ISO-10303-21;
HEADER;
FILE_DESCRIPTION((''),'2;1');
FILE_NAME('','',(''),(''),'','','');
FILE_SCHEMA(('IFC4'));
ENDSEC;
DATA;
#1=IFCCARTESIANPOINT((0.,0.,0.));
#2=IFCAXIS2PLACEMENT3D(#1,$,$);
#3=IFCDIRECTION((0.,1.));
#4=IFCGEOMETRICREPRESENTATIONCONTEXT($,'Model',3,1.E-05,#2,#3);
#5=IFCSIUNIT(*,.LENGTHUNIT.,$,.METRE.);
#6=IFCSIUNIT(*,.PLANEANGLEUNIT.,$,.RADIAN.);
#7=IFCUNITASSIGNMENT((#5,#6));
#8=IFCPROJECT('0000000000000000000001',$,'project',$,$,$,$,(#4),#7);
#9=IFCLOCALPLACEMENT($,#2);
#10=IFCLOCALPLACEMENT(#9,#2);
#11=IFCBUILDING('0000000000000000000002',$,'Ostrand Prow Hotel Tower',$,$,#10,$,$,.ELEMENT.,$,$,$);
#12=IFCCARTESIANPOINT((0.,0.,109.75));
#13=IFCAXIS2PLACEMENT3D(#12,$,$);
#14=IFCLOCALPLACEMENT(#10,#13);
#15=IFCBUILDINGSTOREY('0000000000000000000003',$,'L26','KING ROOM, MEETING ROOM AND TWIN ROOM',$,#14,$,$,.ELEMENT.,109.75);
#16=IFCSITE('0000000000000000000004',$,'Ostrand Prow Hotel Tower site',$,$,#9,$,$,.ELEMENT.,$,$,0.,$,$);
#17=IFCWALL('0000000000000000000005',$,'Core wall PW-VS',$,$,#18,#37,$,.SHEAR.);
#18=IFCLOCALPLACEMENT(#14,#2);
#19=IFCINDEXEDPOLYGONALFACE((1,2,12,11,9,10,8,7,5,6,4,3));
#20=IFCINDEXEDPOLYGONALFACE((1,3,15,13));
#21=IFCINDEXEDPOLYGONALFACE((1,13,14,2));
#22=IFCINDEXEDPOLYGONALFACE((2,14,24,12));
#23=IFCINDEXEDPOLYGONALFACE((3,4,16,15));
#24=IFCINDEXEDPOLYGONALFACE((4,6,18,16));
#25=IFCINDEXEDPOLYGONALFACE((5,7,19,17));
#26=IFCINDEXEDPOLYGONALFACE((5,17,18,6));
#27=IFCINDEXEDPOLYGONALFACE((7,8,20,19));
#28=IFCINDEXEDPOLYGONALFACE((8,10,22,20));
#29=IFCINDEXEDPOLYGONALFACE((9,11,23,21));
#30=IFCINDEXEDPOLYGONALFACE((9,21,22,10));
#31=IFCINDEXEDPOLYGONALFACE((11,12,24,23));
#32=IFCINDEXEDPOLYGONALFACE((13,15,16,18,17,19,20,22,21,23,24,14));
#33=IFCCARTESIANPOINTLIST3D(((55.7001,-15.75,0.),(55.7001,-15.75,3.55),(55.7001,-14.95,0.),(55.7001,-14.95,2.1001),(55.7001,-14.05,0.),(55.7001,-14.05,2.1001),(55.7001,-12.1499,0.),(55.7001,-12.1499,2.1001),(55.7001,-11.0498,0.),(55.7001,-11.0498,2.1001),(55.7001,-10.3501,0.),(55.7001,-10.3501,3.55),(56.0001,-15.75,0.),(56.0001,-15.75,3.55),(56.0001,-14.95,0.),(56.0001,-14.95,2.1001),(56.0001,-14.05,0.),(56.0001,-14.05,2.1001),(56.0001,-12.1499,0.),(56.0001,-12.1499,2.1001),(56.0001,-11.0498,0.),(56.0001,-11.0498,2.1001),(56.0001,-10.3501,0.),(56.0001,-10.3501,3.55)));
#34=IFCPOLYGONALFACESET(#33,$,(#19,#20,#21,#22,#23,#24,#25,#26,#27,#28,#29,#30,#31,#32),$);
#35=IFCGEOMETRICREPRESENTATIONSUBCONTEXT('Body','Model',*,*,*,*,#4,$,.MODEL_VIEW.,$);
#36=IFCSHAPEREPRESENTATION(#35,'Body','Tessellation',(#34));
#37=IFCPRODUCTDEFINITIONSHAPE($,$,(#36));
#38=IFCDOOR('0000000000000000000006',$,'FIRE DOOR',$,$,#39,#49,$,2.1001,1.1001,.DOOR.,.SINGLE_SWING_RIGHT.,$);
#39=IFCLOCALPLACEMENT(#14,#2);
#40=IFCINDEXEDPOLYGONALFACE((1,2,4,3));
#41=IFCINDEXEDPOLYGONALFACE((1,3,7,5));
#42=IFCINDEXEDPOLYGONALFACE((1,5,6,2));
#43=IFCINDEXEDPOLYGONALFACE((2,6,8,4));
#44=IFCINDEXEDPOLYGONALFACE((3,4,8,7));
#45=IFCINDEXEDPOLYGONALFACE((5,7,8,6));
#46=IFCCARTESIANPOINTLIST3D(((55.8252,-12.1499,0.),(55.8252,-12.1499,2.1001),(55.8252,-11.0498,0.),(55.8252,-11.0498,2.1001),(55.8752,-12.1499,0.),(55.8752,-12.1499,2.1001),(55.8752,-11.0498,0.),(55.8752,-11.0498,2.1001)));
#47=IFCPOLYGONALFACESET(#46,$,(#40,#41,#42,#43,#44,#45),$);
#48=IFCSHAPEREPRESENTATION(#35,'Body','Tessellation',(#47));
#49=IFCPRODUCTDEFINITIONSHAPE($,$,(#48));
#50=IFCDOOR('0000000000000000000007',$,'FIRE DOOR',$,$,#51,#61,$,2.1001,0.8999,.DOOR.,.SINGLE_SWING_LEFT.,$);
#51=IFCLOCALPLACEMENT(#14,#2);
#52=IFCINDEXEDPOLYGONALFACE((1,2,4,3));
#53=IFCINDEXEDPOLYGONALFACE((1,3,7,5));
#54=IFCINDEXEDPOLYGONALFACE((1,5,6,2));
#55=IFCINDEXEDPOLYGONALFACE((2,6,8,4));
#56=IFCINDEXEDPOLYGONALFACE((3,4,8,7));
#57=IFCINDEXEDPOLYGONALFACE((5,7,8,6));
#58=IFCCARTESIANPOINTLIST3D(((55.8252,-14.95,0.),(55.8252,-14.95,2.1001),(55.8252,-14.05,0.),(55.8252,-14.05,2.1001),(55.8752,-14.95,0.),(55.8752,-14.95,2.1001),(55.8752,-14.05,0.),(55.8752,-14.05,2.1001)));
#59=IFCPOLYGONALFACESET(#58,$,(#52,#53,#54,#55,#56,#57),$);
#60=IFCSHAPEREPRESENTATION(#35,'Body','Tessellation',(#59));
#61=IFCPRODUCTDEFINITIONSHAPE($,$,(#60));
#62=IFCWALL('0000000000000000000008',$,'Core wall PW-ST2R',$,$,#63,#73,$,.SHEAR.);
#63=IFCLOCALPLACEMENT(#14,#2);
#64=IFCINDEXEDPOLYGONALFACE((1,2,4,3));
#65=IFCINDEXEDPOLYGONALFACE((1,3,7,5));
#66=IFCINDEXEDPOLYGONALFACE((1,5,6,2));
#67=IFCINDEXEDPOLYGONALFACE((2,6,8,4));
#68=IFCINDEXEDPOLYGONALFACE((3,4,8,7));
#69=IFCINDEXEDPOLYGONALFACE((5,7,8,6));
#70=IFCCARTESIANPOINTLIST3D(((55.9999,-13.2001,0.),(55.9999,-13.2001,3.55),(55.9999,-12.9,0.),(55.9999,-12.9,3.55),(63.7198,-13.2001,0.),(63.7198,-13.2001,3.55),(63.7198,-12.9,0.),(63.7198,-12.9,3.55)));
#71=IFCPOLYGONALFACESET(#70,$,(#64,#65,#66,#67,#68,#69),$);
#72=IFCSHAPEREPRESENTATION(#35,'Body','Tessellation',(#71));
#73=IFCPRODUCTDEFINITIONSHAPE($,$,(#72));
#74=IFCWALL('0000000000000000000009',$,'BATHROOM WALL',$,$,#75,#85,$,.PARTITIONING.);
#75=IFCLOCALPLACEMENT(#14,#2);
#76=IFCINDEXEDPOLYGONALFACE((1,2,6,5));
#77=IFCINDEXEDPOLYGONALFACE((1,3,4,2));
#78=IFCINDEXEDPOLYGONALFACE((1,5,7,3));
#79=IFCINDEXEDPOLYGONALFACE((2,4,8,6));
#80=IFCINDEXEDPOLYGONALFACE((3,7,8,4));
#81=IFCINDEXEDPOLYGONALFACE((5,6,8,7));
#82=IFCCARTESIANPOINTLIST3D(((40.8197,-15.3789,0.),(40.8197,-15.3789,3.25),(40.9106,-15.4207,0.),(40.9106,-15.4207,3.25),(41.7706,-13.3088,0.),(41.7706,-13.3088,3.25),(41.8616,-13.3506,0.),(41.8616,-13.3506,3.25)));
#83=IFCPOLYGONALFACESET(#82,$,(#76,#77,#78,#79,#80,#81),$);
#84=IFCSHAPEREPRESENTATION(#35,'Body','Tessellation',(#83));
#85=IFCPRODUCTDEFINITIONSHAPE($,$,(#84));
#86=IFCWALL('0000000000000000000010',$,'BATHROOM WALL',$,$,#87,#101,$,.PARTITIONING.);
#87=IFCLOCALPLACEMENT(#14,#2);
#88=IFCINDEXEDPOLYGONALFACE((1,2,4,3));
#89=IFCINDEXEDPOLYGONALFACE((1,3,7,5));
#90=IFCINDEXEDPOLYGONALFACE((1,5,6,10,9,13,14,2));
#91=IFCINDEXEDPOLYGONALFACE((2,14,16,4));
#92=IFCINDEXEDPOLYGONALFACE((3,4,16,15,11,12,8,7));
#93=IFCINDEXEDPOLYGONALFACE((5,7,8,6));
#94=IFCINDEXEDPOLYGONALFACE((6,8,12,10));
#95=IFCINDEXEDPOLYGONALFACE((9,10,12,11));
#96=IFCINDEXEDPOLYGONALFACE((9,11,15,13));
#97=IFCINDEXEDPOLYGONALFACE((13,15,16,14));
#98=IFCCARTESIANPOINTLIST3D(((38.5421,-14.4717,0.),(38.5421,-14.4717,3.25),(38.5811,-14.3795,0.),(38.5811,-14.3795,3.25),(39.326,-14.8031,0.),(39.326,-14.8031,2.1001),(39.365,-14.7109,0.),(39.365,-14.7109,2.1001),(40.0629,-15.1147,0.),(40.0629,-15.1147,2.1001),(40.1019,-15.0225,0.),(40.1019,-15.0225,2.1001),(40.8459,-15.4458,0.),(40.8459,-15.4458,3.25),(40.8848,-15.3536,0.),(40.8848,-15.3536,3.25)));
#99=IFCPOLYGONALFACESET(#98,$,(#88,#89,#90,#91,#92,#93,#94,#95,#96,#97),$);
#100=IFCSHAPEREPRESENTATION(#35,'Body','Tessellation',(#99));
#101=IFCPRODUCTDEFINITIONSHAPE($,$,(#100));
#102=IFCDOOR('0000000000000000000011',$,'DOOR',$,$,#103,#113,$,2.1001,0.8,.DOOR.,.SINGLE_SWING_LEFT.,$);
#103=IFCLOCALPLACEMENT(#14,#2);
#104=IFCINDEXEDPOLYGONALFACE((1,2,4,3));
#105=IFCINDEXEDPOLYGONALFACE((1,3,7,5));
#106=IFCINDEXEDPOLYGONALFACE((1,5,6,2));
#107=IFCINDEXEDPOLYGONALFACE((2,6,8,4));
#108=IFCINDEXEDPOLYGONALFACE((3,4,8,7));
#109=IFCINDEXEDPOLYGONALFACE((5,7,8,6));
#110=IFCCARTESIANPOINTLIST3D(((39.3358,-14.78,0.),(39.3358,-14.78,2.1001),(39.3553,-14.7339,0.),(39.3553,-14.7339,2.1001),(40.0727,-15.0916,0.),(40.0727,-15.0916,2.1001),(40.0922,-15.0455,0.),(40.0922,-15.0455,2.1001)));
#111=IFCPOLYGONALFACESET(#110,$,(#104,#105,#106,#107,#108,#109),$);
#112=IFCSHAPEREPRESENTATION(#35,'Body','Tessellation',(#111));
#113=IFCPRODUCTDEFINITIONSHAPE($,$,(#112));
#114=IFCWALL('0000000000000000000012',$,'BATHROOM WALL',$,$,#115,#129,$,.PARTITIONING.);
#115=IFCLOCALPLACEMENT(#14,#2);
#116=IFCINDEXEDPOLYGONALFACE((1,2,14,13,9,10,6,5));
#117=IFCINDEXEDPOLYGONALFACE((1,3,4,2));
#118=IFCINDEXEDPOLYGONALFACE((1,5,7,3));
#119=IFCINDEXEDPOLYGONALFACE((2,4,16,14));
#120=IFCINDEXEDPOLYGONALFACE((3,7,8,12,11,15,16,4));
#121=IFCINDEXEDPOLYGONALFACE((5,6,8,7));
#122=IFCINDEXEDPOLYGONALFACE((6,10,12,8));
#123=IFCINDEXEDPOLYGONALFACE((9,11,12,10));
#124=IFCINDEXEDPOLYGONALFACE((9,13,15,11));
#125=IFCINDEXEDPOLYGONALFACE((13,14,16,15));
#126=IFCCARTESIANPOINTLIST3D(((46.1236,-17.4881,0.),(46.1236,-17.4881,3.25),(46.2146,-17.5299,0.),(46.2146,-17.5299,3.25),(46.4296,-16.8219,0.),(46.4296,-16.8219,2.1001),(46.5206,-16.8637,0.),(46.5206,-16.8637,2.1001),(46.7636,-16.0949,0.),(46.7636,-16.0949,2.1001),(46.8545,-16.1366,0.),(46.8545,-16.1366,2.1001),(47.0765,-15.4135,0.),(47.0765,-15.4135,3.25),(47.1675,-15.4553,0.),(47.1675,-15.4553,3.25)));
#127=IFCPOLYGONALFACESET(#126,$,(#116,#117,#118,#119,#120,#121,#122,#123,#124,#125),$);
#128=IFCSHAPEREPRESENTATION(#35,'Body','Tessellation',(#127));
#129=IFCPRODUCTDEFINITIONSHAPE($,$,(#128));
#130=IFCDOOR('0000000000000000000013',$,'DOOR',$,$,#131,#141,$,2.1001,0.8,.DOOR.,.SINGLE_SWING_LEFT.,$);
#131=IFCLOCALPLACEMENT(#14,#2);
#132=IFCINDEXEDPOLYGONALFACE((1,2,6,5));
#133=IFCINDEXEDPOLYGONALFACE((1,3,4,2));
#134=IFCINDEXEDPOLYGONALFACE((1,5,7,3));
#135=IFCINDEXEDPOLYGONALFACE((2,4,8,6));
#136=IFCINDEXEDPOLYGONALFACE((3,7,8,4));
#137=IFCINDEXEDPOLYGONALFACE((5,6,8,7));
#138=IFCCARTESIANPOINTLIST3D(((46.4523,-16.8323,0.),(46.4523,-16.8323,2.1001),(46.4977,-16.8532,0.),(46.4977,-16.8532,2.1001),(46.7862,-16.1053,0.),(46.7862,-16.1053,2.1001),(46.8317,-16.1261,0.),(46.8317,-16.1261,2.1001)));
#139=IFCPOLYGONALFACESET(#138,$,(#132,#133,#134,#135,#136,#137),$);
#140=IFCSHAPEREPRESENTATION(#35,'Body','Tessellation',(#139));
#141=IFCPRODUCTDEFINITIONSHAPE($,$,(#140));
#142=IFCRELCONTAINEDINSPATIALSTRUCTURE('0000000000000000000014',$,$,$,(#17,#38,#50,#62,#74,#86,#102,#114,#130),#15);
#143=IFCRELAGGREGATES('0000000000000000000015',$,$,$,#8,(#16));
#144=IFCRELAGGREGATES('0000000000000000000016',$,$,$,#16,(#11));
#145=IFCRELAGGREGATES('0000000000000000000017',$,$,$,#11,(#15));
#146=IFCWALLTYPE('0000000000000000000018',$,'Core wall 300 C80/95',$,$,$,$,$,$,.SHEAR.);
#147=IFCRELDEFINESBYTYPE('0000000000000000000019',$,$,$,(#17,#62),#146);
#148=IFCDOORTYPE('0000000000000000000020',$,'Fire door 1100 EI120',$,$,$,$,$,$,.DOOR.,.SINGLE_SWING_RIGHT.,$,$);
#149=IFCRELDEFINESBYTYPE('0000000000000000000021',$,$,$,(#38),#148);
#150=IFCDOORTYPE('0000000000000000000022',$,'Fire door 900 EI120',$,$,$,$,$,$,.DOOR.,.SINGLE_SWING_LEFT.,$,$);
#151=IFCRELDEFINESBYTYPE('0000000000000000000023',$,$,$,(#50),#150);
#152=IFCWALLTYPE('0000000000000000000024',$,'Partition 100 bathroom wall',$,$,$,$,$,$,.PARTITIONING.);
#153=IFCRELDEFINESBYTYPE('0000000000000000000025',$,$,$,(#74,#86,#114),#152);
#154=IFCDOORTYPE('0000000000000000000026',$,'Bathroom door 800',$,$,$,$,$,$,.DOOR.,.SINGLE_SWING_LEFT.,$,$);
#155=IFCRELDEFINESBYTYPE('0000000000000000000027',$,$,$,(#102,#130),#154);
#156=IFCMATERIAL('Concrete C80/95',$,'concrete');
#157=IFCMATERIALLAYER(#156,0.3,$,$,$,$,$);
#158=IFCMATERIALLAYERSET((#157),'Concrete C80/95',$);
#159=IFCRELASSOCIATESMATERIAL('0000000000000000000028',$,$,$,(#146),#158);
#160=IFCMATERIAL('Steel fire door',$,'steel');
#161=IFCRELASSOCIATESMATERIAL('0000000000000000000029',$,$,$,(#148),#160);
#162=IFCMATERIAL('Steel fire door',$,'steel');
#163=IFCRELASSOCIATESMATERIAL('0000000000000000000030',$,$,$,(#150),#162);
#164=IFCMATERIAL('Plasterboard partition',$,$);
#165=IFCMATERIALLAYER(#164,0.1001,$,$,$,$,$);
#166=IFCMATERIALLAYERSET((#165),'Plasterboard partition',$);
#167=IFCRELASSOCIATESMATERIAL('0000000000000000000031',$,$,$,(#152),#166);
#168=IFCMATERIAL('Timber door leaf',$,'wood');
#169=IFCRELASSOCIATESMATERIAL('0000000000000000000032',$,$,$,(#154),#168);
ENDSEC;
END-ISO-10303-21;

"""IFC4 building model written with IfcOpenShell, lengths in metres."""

from ifc_helpers import new_model, si_unit, direction, frame, frame_2d, origin, place, context, subcontext, project, spatial, rectangle, extrude, material, layer, layer_set, type_object, element, fill, save


model = new_model("IFC4")

# Units and contexts
model_context = context("Model", 3, precision=1e-05, world=origin(), true_north=direction((0.0, 1.0)))
body_context = subcontext(model_context, "Body", "Model", "MODEL_VIEW")
ifc_project = project(units=[si_unit("LENGTHUNIT", "METRE"), si_unit("PLANEANGLEUNIT", "RADIAN")], contexts=[model_context])

# Site, building, storey
site_placement = place(None, origin())
site = spatial("IfcSite", under=ifc_project, at=site_placement, Name="Ostrand Prow Hotel Tower site", CompositionType="ELEMENT", RefElevation=0.0)
building_placement = place(site_placement, origin())
building = spatial("IfcBuilding", under=site, at=building_placement, Name="Ostrand Prow Hotel Tower", CompositionType="ELEMENT")
storey_placement = place(building_placement, frame((0.0, 0.0, 109.75)))
storey = spatial("IfcBuildingStorey", under=building, at=storey_placement, Name="L26", Description="KING ROOM, MEETING ROOM AND TWIN ROOM", CompositionType="ELEMENT", Elevation=109.75)

# Wall, openings, doors
ifc_material_1 = material(Name="Concrete C80/95", Category="concrete")
ifc_layer_1 = layer(ifc_material_1, 0.3)
ifc_layer_set_1 = layer_set([ifc_layer_1], Name="Concrete C80/95")
wall_type_1 = type_object("IfcWallType", Name="Core wall 300 C80/95", PredefinedType="SHEAR", material=ifc_layer_set_1)
wall_1_placement = place(storey_placement, frame((55.8501, -15.75, 0.0), z_axis=(0.0, 0.0, 1.0), x_axis=(0.0, 1.0, 0.0)))
wall_1 = element("IfcWall", 1, at=wall_1_placement, inside=storey, type_object=wall_type_1, Name="Core wall PW-VS", PredefinedType="SHEAR", context=body_context, shape_type="SweptSolid", body=[
    extrude(rectangle(XDim=5.3999, YDim=0.3, at=frame_2d((2.7, 0.0))), origin(), (0.0, 0.0, 1.0), 3.55),
])
opening_1_placement = place(wall_1_placement, frame((3.6001, 0.0, 0.0)))
opening_1 = element("IfcOpeningElement", 2, at=opening_1_placement, cuts=wall_1, PredefinedType="OPENING", context=body_context, shape_type="SweptSolid", body=[
    extrude(rectangle(XDim=1.1001, YDim=2.1001, at=frame_2d((0.55, 1.05))), frame((0.0, 0.1599, 0.0), z_axis=(0.0, -1.0, 0.0), x_axis=(1.0, 0.0, 0.0)), (0.0, 0.0, 1.0), 0.3201),
])
opening_2_placement = place(wall_1_placement, frame((0.8, 0.0, 0.0)))
opening_2 = element("IfcOpeningElement", 3, at=opening_2_placement, cuts=wall_1, PredefinedType="OPENING", context=body_context, shape_type="SweptSolid", body=[
    extrude(rectangle(XDim=0.8999, YDim=2.1001, at=frame_2d((0.45, 1.05))), frame((0.0, 0.1599, 0.0), z_axis=(0.0, -1.0, 0.0), x_axis=(1.0, 0.0, 0.0)), (0.0, 0.0, 1.0), 0.3201),
])
ifc_material_2 = material(Name="Steel fire door", Category="steel")
door_type_1 = type_object("IfcDoorType", Name="Fire door 1100 EI120", OperationType="SINGLE_SWING_RIGHT", PredefinedType="DOOR", material=ifc_material_2)
door_1_placement = place(opening_1_placement, origin())
door_1 = element("IfcDoor", 4, at=door_1_placement, inside=storey, type_object=door_type_1, Name="FIRE DOOR", OperationType="SINGLE_SWING_RIGHT", OverallHeight=2.1001, OverallWidth=1.1001, PredefinedType="DOOR", context=body_context, shape_type="SweptSolid", body=[
    extrude(rectangle(XDim=1.1001, YDim=2.1001, at=frame_2d((0.55, 1.05))), frame((0.0, 0.0249, 0.0), z_axis=(0.0, -1.0, 0.0), x_axis=(1.0, 0.0, 0.0)), (0.0, 0.0, 1.0), 0.05),
])
fill(opening_1, door_1)
ifc_material_3 = material(Name="Steel fire door", Category="steel")
door_type_2 = type_object("IfcDoorType", Name="Fire door 900 EI120", OperationType="SINGLE_SWING_LEFT", PredefinedType="DOOR", material=ifc_material_3)
door_2_placement = place(opening_2_placement, origin())
door_2 = element("IfcDoor", 5, at=door_2_placement, inside=storey, type_object=door_type_2, Name="FIRE DOOR", OperationType="SINGLE_SWING_LEFT", OverallHeight=2.1001, OverallWidth=0.8999, PredefinedType="DOOR", context=body_context, shape_type="SweptSolid", body=[
    extrude(rectangle(XDim=0.8999, YDim=2.1001, at=frame_2d((0.45, 1.05))), frame((0.0, 0.0249, 0.0), z_axis=(0.0, -1.0, 0.0), x_axis=(1.0, 0.0, 0.0)), (0.0, 0.0, 1.0), 0.05),
])
fill(opening_2, door_2)

# Walls
wall_2_placement = place(storey_placement, frame((56.0, -13.05, 0.0), z_axis=(0.0, 0.0, 1.0), x_axis=(1.0, 0.0, 0.0)))
element("IfcWall", 6, at=wall_2_placement, inside=storey, type_object=wall_type_1, Name="Core wall PW-ST2R", PredefinedType="SHEAR", context=body_context, shape_type="SweptSolid", body=[
    extrude(rectangle(XDim=7.72, YDim=0.3, at=frame_2d((3.8599, 0.0))), origin(), (0.0, 0.0, 1.0), 3.55),
])
ifc_material_4 = material(Name="Plasterboard partition")
ifc_layer_2 = layer(ifc_material_4, 0.1001)
ifc_layer_set_2 = layer_set([ifc_layer_2], Name="Plasterboard partition")
wall_type_2 = type_object("IfcWallType", Name="Partition 100 bathroom wall", PredefinedType="PARTITIONING", material=ifc_layer_set_2)
wall_3_placement = place(storey_placement, frame((41.8162, -13.3296, 0.0), z_axis=(0.0, 0.0, 1.0), x_axis=(-0.417433, -0.908708, 0.0)))
element("IfcWall", 7, at=wall_3_placement, inside=storey, type_object=wall_type_2, Name="BATHROOM WALL", PredefinedType="PARTITIONING", context=body_context, shape_type="SweptSolid", body=[
    extrude(rectangle(XDim=2.2781, YDim=0.1001, at=frame_2d((1.1392, 0.0))), origin(), (0.0, 0.0, 1.0), 3.25),
])

# Walls, openings, doors
wall_4_placement = place(storey_placement, frame((40.8652, -15.3997, 0.0), z_axis=(0.0, 0.0, 1.0), x_axis=(-0.921043, 0.389462, 0.0)))
wall_4 = element("IfcWall", 8, at=wall_4_placement, inside=storey, type_object=wall_type_2, Name="BATHROOM WALL", PredefinedType="PARTITIONING", context=body_context, shape_type="SweptSolid", body=[
    extrude(rectangle(XDim=2.5012, YDim=0.1001, at=frame_2d((1.2505, 0.0))), origin(), (0.0, 0.0, 1.0), 3.25),
])
opening_3_placement = place(wall_4_placement, frame((0.8501, 0.0, 0.0)))
opening_3 = element("IfcOpeningElement", 9, at=opening_3_placement, cuts=wall_4, PredefinedType="OPENING", context=body_context, shape_type="SweptSolid", body=[
    extrude(rectangle(XDim=0.8, YDim=2.1001, at=frame_2d((0.3999, 1.05))), frame((0.0, 0.0601, 0.0), z_axis=(0.0, -1.0, 0.0), x_axis=(1.0, 0.0, 0.0)), (0.0, 0.0, 1.0), 0.1201),
])
ifc_material_5 = material(Name="Timber door leaf", Category="wood")
door_type_3 = type_object("IfcDoorType", Name="Bathroom door 800", OperationType="SINGLE_SWING_LEFT", PredefinedType="DOOR", material=ifc_material_5)
door_3_placement = place(opening_3_placement, origin())
door_3 = element("IfcDoor", 10, at=door_3_placement, inside=storey, type_object=door_type_3, Name="DOOR", OperationType="SINGLE_SWING_LEFT", OverallHeight=2.1001, OverallWidth=0.8, PredefinedType="DOOR", context=body_context, shape_type="SweptSolid", body=[
    extrude(rectangle(XDim=0.8, YDim=2.1001, at=frame_2d((0.3999, 1.05))), frame((0.0, 0.0249, 0.0), z_axis=(0.0, -1.0, 0.0), x_axis=(1.0, 0.0, 0.0)), (0.0, 0.0, 1.0), 0.05),
])
fill(opening_3, door_3)
wall_5_placement = place(storey_placement, frame((47.1221, -15.4343, 0.0), z_axis=(0.0, 0.0, 1.0), x_axis=(-0.417409, -0.908719, 0.0)))
wall_5 = element("IfcWall", 11, at=wall_5_placement, inside=storey, type_object=wall_type_2, Name="BATHROOM WALL", PredefinedType="PARTITIONING", context=body_context, shape_type="SweptSolid", body=[
    extrude(rectangle(XDim=2.283, YDim=0.1001, at=frame_2d((1.1416, 0.0))), origin(), (0.0, 0.0, 1.0), 3.25),
])
opening_4_placement = place(wall_5_placement, frame((0.75, 0.0, 0.0)))
opening_4 = element("IfcOpeningElement", 12, at=opening_4_placement, cuts=wall_5, PredefinedType="OPENING", context=body_context, shape_type="SweptSolid", body=[
    extrude(rectangle(XDim=0.8, YDim=2.1001, at=frame_2d((0.3999, 1.05))), frame((0.0, 0.0601, 0.0), z_axis=(0.0, -1.0, 0.0), x_axis=(1.0, 0.0, 0.0)), (0.0, 0.0, 1.0), 0.1201),
])
door_4_placement = place(opening_4_placement, origin())
door_4 = element("IfcDoor", 13, at=door_4_placement, inside=storey, type_object=door_type_3, Name="DOOR", OperationType="SINGLE_SWING_LEFT", OverallHeight=2.1001, OverallWidth=0.8, PredefinedType="DOOR", context=body_context, shape_type="SweptSolid", body=[
    extrude(rectangle(XDim=0.8, YDim=2.1001, at=frame_2d((0.3999, 1.05))), frame((0.0, 0.0249, 0.0), z_axis=(0.0, -1.0, 0.0), x_axis=(1.0, 0.0, 0.0)), (0.0, 0.0, 1.0), 0.05),
])
fill(opening_4, door_4)

save(model, "model.ifc")
